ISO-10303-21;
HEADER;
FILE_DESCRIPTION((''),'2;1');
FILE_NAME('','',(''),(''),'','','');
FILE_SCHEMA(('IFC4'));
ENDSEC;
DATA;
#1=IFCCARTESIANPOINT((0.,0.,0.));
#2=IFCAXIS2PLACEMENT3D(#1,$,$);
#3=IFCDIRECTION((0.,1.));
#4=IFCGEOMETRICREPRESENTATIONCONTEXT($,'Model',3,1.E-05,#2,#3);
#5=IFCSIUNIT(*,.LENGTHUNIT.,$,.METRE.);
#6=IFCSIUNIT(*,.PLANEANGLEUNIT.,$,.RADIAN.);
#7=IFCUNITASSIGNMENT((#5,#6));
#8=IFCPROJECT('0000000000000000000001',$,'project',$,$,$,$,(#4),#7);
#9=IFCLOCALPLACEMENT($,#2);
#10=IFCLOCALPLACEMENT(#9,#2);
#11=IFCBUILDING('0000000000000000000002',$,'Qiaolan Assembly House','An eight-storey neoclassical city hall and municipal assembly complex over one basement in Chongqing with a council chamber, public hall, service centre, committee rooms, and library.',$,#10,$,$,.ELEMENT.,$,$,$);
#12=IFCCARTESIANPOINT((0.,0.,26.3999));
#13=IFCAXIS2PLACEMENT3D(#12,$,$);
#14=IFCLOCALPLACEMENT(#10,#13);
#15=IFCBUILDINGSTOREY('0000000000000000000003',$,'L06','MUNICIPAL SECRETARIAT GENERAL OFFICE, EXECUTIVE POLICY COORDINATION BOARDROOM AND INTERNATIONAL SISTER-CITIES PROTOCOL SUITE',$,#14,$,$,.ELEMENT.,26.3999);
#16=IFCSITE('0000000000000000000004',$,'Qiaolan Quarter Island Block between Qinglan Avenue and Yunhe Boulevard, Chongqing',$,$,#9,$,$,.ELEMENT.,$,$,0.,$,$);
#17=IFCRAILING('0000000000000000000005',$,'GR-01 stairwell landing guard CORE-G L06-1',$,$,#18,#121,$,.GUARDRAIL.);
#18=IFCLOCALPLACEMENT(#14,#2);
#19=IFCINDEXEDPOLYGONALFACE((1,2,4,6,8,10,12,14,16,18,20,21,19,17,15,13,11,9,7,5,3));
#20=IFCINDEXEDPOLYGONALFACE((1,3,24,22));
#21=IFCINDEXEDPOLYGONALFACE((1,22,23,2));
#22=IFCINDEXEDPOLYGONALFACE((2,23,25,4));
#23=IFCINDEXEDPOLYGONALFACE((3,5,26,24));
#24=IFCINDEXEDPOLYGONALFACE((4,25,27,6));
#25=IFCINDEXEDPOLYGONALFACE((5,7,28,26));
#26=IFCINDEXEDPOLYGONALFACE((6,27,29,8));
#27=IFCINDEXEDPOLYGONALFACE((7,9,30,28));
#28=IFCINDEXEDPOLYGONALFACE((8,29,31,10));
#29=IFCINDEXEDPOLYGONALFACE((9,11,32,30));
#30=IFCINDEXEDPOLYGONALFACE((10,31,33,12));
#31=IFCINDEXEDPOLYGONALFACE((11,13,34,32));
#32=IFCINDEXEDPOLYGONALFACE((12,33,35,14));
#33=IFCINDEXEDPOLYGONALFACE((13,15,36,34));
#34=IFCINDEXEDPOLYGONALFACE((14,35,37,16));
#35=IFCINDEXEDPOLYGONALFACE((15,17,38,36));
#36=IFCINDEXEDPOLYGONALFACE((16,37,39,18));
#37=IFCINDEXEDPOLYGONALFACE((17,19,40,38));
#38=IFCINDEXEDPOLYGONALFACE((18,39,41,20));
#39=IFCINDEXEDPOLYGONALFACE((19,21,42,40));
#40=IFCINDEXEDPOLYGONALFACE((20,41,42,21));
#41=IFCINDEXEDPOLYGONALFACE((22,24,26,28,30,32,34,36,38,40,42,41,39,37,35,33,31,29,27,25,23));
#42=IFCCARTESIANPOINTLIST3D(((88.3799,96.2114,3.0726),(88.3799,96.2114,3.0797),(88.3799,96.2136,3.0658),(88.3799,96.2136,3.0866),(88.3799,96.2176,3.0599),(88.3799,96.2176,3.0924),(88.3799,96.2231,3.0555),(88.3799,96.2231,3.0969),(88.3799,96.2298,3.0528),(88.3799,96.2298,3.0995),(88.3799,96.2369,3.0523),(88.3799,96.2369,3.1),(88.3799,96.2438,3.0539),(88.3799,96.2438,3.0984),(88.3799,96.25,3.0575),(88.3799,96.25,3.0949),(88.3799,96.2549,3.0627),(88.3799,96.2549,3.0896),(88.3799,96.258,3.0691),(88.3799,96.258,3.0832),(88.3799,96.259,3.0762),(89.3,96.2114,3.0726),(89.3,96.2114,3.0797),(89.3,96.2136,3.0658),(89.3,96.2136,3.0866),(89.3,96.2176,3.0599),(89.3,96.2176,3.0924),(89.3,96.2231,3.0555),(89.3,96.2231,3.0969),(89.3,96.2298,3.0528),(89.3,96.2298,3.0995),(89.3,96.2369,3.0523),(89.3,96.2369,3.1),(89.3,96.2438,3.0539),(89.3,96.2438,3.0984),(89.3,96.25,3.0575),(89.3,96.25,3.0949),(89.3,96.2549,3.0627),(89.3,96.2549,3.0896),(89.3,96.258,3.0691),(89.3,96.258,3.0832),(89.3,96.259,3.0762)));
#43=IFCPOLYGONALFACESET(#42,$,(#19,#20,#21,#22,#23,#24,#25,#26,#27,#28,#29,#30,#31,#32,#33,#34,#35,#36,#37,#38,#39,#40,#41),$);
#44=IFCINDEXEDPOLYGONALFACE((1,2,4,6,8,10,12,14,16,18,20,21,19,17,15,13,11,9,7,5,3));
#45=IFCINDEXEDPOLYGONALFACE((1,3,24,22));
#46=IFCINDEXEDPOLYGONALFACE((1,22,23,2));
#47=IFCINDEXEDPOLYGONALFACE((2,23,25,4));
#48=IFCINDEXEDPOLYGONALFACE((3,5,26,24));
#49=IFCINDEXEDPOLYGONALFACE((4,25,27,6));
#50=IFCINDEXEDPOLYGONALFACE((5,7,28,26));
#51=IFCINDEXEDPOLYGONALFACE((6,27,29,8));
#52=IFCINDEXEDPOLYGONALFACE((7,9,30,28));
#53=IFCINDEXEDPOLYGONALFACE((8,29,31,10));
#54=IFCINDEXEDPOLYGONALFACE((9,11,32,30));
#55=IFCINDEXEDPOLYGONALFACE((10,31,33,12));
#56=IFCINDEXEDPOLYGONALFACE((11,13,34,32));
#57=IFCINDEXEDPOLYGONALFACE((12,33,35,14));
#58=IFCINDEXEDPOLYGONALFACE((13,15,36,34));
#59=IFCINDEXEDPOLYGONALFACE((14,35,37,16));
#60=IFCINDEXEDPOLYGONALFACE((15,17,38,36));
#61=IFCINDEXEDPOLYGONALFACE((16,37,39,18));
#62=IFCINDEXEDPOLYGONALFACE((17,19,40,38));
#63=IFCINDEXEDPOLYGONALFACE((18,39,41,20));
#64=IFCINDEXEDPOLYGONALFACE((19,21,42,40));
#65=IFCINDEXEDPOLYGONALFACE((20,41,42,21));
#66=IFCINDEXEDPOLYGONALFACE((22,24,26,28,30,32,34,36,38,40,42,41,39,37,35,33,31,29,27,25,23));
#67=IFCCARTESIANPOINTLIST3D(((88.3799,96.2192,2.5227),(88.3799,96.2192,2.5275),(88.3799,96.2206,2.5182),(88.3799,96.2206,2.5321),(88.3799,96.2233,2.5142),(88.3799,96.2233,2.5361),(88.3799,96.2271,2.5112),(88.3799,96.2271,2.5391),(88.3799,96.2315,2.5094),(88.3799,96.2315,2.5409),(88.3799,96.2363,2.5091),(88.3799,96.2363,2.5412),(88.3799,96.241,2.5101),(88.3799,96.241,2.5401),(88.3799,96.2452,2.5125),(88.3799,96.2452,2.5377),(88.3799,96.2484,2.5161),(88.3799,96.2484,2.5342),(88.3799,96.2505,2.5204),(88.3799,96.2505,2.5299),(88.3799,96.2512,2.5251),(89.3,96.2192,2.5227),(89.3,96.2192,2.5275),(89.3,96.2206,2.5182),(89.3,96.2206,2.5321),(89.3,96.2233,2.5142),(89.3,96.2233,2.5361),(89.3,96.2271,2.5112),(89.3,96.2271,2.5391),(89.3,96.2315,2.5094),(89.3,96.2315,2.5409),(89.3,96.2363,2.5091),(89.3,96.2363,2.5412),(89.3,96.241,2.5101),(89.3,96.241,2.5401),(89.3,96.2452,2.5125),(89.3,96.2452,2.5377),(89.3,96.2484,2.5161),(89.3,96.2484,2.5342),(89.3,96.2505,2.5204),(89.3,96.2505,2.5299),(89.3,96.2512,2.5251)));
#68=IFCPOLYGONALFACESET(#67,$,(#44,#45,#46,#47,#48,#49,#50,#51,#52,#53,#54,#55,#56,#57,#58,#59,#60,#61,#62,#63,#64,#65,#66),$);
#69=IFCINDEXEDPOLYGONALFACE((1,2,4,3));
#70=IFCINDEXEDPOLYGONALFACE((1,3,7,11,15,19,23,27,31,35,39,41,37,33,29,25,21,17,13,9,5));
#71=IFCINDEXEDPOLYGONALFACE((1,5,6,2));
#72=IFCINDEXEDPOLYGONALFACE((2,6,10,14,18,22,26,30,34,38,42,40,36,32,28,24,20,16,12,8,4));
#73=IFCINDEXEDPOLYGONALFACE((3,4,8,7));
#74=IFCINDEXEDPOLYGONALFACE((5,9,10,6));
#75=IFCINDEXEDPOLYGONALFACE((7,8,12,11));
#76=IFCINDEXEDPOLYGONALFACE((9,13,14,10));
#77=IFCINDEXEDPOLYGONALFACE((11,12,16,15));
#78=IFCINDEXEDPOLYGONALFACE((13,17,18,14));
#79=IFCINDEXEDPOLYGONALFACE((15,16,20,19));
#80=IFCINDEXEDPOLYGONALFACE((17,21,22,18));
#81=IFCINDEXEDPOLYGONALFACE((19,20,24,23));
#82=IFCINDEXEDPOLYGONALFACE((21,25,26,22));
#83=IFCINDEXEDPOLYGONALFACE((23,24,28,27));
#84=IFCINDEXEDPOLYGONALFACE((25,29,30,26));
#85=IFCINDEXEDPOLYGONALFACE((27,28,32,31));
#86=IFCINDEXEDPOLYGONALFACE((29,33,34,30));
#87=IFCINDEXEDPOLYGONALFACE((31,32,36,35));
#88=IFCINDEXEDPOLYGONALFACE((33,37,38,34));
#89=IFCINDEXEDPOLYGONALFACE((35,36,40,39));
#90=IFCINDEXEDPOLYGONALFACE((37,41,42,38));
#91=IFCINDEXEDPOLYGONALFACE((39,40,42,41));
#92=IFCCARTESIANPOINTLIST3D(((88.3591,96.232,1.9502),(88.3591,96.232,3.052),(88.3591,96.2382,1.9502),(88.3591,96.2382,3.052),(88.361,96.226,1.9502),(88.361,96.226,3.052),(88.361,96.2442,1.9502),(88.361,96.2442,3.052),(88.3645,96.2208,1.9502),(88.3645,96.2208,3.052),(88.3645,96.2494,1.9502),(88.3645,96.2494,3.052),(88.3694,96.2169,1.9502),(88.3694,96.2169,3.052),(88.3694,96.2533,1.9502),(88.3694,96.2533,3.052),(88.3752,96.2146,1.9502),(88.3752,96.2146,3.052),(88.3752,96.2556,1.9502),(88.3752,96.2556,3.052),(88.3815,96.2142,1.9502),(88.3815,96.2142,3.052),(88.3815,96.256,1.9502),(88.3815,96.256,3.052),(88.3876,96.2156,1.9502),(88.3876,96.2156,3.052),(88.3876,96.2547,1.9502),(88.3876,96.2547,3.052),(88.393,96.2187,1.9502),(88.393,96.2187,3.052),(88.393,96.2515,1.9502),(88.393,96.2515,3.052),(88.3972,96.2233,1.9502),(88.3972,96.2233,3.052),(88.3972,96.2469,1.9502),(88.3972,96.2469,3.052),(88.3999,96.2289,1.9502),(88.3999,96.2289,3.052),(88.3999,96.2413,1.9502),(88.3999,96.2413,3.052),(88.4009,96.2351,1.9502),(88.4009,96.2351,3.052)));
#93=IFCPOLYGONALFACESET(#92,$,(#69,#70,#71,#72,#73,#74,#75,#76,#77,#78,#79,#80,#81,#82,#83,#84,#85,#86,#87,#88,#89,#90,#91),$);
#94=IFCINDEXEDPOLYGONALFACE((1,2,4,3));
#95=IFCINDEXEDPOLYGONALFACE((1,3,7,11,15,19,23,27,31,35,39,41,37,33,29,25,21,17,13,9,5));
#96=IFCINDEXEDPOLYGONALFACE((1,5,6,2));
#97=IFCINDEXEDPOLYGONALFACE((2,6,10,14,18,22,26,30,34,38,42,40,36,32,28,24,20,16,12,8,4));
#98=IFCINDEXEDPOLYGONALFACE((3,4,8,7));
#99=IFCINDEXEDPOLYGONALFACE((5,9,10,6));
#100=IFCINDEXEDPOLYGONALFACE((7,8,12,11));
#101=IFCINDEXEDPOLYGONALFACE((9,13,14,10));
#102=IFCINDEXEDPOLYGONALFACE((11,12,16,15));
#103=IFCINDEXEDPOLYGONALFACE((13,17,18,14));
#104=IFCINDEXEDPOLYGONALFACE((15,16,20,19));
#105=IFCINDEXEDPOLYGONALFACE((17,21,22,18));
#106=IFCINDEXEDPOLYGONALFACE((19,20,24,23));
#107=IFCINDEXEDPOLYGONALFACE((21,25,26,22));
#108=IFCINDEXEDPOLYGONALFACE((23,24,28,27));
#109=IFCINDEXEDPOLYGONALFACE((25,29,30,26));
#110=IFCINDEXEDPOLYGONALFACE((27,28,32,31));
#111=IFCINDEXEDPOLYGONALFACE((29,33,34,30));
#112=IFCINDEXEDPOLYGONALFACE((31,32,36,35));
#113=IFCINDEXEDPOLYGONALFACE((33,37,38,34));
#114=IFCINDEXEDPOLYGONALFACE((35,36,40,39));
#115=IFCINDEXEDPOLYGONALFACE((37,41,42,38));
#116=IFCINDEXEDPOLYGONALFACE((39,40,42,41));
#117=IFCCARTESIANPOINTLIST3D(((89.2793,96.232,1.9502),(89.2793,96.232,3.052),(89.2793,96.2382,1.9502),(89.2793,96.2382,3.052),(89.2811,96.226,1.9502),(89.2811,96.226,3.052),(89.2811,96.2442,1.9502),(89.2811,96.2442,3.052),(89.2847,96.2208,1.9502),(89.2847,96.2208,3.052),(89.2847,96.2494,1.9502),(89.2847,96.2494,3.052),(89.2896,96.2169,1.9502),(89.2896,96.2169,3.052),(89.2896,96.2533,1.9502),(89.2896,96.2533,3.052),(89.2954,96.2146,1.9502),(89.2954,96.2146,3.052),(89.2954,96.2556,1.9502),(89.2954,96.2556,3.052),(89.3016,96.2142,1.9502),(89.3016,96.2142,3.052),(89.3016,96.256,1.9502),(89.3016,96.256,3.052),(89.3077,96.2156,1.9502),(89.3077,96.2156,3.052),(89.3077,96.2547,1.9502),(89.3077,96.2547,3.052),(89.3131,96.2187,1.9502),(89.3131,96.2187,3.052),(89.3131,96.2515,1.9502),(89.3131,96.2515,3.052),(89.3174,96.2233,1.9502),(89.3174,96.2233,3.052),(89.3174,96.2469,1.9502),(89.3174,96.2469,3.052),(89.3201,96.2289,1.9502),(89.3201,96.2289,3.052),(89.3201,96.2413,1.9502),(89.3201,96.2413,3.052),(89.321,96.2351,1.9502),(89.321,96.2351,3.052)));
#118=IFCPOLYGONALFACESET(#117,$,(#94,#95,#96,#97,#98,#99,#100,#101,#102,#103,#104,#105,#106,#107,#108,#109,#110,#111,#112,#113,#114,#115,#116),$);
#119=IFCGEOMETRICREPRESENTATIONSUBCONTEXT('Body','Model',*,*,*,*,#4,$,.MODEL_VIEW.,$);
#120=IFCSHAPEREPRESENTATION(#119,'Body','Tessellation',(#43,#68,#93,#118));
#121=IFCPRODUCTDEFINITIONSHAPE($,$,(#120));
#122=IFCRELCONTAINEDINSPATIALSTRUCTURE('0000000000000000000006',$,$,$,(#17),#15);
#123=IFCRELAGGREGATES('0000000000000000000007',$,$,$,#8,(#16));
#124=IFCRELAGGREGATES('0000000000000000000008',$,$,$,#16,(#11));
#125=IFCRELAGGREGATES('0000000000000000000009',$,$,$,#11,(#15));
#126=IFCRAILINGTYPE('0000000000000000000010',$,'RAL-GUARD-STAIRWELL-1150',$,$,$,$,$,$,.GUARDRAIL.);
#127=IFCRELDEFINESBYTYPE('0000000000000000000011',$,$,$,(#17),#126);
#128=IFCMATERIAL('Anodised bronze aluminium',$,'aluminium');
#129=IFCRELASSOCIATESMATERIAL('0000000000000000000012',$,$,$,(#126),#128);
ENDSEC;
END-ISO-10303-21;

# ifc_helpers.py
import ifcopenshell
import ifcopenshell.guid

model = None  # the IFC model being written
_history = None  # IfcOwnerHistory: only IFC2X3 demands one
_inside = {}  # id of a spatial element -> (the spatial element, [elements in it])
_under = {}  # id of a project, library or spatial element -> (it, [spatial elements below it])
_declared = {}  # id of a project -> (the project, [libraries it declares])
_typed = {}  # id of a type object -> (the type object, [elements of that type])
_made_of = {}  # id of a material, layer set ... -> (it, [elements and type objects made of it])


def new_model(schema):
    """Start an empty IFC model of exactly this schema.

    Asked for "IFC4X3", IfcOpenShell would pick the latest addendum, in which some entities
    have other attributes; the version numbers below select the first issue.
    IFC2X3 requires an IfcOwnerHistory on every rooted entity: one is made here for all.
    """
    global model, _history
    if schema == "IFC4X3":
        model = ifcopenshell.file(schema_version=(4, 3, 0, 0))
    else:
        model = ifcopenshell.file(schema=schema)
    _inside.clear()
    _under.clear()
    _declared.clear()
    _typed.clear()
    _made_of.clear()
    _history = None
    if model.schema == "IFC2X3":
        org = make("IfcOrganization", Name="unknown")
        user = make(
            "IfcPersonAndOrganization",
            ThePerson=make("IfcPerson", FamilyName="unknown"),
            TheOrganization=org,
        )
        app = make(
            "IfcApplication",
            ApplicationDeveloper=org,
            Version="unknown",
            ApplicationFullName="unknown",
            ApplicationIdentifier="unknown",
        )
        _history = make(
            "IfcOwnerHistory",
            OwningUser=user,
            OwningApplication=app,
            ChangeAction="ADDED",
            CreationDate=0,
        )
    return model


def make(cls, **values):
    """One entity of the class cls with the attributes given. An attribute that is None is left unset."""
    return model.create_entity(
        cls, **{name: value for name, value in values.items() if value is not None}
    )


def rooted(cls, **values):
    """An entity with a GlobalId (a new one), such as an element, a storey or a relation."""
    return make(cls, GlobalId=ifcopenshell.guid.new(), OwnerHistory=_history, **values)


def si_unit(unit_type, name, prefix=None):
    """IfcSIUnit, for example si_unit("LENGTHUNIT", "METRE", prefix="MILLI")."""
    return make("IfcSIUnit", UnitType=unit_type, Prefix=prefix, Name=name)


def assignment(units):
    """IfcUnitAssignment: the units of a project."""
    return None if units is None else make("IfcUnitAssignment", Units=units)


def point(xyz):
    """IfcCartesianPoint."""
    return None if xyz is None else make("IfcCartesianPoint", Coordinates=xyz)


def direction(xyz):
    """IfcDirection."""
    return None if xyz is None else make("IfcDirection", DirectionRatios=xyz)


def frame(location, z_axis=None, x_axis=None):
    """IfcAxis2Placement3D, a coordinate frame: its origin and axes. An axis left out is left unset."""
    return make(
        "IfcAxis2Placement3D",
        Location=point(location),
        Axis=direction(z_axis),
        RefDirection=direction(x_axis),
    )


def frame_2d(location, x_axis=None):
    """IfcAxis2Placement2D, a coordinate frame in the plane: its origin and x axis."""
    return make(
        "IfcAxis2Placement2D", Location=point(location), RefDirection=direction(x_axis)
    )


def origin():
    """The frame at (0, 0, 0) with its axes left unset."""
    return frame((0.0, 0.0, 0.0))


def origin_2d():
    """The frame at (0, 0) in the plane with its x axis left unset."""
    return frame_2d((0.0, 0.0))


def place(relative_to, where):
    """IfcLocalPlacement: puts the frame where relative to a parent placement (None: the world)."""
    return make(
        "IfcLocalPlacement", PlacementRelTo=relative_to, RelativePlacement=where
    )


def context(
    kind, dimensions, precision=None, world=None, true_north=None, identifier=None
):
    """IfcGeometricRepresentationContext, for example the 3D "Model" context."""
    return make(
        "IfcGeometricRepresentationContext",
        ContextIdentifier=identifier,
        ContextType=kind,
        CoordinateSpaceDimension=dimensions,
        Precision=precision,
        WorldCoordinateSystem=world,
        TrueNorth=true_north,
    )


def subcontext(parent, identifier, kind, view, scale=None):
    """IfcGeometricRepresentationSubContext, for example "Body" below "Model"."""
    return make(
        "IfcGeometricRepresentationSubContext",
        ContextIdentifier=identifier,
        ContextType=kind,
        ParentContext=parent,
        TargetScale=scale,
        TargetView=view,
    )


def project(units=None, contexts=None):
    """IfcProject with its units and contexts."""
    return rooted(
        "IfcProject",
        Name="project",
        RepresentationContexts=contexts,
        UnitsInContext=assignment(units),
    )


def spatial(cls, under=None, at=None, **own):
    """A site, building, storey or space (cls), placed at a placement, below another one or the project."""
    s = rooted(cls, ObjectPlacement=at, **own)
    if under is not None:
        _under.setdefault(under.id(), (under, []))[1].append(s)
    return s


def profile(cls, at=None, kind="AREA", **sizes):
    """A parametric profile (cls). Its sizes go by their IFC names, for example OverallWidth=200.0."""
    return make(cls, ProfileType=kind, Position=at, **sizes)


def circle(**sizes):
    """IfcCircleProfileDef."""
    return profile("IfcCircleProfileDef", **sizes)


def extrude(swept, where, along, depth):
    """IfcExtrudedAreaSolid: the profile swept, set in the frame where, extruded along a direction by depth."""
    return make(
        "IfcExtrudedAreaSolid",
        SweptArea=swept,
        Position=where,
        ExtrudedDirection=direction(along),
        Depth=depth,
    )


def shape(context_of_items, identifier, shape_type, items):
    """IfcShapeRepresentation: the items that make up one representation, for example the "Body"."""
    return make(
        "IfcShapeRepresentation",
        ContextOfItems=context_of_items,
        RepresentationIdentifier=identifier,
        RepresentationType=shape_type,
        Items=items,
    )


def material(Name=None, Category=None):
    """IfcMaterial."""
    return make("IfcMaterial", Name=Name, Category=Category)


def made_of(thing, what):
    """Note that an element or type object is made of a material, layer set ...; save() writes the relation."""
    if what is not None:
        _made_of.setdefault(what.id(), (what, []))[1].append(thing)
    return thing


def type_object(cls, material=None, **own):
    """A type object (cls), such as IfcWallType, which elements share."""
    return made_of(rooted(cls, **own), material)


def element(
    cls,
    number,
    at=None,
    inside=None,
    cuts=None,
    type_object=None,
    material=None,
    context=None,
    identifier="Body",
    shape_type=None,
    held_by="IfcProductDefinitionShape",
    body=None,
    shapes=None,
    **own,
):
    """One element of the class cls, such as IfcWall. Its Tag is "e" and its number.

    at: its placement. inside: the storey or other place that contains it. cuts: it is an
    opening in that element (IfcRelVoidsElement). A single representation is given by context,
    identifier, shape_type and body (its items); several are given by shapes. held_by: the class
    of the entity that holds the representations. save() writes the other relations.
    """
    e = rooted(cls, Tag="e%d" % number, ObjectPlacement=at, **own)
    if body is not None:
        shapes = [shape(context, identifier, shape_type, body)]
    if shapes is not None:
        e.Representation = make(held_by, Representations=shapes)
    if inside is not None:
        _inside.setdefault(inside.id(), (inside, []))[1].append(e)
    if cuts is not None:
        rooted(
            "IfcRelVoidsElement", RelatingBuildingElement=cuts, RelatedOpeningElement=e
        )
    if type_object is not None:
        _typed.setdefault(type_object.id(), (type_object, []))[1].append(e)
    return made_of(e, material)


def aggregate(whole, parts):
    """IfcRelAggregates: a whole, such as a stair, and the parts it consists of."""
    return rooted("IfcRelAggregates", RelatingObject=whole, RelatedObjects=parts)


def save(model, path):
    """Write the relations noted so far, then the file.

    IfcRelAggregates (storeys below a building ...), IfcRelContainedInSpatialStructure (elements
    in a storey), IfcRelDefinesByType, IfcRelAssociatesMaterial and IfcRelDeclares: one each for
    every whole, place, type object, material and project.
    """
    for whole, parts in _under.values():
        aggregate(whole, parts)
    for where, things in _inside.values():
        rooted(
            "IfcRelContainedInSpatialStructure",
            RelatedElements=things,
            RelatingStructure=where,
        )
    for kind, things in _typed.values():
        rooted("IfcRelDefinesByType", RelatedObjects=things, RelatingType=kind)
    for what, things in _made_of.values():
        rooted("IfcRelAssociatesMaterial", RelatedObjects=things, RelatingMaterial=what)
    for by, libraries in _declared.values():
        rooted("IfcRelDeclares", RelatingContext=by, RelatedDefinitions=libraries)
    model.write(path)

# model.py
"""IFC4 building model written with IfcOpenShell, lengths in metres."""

from ifc_helpers import new_model, si_unit, direction, frame, origin, origin_2d, place, context, subcontext, project, spatial, circle, extrude, material, type_object, element, save


model = new_model("IFC4")

# Units and contexts
model_context = context("Model", 3, precision=1e-05, world=origin(), true_north=direction((0.0, 1.0)))
body_context = subcontext(model_context, "Body", "Model", "MODEL_VIEW")
ifc_project = project(units=[si_unit("LENGTHUNIT", "METRE"), si_unit("PLANEANGLEUNIT", "RADIAN")], contexts=[model_context])

# Site, building, storey
site_placement = place(None, origin())
site = spatial("IfcSite", under=ifc_project, at=site_placement, Name="Qiaolan Quarter Island Block between Qinglan Avenue and Yunhe Boulevard, Chongqing", CompositionType="ELEMENT", RefElevation=0.0)
building_placement = place(site_placement, origin())
building = spatial("IfcBuilding", under=site, at=building_placement, Name="Qiaolan Assembly House", Description="An eight-storey neoclassical city hall and municipal assembly complex over one basement in Chongqing with a council chamber, public hall, service centre, committee rooms, and library.", CompositionType="ELEMENT")
storey_placement = place(building_placement, frame((0.0, 0.0, 26.3999)))
storey = spatial("IfcBuildingStorey", under=building, at=storey_placement, Name="L06", Description="MUNICIPAL SECRETARIAT GENERAL OFFICE, EXECUTIVE POLICY COORDINATION BOARDROOM AND INTERNATIONAL SISTER-CITIES PROTOCOL SUITE", CompositionType="ELEMENT", Elevation=26.3999)

# Railing
ifc_material_1 = material(Name="Anodised bronze aluminium", Category="aluminium")
railing_type_1 = type_object("IfcRailingType", Name="RAL-GUARD-STAIRWELL-1150", PredefinedType="GUARDRAIL", material=ifc_material_1)
for number, where, name in (
    (1, (88.3799, 96.2351, 1.9502), "GR-01 stairwell landing guard CORE-G L06-1"),
):
    element("IfcRailing", number, at=place(storey_placement, frame(where)), inside=storey, type_object=railing_type_1, Name=name, PredefinedType="GUARDRAIL", context=body_context, shape_type="SweptSolid", body=[
        extrude(circle(Radius=0.0239, at=origin_2d()), frame((0.0, 0.0, 1.126), z_axis=(1.0, 0.0, 0.0), x_axis=(0.0, 1.0, 0.0)), (0.0, 0.0, 1.0), 0.9202),
        extrude(circle(Radius=0.0161, at=origin_2d()), frame((0.0, 0.0, 0.575), z_axis=(1.0, 0.0, 0.0), x_axis=(0.0, 1.0, 0.0)), (0.0, 0.0, 1.0), 0.9202),
        extrude(circle(Radius=0.021, at=origin_2d()), origin(), (0.0, 0.0, 1.0), 1.1018),
        extrude(circle(Radius=0.021, at=origin_2d()), frame((0.9202, 0.0, 0.0)), (0.0, 0.0, 1.0), 1.1018),
    ])

save(model, "model.ifc")
